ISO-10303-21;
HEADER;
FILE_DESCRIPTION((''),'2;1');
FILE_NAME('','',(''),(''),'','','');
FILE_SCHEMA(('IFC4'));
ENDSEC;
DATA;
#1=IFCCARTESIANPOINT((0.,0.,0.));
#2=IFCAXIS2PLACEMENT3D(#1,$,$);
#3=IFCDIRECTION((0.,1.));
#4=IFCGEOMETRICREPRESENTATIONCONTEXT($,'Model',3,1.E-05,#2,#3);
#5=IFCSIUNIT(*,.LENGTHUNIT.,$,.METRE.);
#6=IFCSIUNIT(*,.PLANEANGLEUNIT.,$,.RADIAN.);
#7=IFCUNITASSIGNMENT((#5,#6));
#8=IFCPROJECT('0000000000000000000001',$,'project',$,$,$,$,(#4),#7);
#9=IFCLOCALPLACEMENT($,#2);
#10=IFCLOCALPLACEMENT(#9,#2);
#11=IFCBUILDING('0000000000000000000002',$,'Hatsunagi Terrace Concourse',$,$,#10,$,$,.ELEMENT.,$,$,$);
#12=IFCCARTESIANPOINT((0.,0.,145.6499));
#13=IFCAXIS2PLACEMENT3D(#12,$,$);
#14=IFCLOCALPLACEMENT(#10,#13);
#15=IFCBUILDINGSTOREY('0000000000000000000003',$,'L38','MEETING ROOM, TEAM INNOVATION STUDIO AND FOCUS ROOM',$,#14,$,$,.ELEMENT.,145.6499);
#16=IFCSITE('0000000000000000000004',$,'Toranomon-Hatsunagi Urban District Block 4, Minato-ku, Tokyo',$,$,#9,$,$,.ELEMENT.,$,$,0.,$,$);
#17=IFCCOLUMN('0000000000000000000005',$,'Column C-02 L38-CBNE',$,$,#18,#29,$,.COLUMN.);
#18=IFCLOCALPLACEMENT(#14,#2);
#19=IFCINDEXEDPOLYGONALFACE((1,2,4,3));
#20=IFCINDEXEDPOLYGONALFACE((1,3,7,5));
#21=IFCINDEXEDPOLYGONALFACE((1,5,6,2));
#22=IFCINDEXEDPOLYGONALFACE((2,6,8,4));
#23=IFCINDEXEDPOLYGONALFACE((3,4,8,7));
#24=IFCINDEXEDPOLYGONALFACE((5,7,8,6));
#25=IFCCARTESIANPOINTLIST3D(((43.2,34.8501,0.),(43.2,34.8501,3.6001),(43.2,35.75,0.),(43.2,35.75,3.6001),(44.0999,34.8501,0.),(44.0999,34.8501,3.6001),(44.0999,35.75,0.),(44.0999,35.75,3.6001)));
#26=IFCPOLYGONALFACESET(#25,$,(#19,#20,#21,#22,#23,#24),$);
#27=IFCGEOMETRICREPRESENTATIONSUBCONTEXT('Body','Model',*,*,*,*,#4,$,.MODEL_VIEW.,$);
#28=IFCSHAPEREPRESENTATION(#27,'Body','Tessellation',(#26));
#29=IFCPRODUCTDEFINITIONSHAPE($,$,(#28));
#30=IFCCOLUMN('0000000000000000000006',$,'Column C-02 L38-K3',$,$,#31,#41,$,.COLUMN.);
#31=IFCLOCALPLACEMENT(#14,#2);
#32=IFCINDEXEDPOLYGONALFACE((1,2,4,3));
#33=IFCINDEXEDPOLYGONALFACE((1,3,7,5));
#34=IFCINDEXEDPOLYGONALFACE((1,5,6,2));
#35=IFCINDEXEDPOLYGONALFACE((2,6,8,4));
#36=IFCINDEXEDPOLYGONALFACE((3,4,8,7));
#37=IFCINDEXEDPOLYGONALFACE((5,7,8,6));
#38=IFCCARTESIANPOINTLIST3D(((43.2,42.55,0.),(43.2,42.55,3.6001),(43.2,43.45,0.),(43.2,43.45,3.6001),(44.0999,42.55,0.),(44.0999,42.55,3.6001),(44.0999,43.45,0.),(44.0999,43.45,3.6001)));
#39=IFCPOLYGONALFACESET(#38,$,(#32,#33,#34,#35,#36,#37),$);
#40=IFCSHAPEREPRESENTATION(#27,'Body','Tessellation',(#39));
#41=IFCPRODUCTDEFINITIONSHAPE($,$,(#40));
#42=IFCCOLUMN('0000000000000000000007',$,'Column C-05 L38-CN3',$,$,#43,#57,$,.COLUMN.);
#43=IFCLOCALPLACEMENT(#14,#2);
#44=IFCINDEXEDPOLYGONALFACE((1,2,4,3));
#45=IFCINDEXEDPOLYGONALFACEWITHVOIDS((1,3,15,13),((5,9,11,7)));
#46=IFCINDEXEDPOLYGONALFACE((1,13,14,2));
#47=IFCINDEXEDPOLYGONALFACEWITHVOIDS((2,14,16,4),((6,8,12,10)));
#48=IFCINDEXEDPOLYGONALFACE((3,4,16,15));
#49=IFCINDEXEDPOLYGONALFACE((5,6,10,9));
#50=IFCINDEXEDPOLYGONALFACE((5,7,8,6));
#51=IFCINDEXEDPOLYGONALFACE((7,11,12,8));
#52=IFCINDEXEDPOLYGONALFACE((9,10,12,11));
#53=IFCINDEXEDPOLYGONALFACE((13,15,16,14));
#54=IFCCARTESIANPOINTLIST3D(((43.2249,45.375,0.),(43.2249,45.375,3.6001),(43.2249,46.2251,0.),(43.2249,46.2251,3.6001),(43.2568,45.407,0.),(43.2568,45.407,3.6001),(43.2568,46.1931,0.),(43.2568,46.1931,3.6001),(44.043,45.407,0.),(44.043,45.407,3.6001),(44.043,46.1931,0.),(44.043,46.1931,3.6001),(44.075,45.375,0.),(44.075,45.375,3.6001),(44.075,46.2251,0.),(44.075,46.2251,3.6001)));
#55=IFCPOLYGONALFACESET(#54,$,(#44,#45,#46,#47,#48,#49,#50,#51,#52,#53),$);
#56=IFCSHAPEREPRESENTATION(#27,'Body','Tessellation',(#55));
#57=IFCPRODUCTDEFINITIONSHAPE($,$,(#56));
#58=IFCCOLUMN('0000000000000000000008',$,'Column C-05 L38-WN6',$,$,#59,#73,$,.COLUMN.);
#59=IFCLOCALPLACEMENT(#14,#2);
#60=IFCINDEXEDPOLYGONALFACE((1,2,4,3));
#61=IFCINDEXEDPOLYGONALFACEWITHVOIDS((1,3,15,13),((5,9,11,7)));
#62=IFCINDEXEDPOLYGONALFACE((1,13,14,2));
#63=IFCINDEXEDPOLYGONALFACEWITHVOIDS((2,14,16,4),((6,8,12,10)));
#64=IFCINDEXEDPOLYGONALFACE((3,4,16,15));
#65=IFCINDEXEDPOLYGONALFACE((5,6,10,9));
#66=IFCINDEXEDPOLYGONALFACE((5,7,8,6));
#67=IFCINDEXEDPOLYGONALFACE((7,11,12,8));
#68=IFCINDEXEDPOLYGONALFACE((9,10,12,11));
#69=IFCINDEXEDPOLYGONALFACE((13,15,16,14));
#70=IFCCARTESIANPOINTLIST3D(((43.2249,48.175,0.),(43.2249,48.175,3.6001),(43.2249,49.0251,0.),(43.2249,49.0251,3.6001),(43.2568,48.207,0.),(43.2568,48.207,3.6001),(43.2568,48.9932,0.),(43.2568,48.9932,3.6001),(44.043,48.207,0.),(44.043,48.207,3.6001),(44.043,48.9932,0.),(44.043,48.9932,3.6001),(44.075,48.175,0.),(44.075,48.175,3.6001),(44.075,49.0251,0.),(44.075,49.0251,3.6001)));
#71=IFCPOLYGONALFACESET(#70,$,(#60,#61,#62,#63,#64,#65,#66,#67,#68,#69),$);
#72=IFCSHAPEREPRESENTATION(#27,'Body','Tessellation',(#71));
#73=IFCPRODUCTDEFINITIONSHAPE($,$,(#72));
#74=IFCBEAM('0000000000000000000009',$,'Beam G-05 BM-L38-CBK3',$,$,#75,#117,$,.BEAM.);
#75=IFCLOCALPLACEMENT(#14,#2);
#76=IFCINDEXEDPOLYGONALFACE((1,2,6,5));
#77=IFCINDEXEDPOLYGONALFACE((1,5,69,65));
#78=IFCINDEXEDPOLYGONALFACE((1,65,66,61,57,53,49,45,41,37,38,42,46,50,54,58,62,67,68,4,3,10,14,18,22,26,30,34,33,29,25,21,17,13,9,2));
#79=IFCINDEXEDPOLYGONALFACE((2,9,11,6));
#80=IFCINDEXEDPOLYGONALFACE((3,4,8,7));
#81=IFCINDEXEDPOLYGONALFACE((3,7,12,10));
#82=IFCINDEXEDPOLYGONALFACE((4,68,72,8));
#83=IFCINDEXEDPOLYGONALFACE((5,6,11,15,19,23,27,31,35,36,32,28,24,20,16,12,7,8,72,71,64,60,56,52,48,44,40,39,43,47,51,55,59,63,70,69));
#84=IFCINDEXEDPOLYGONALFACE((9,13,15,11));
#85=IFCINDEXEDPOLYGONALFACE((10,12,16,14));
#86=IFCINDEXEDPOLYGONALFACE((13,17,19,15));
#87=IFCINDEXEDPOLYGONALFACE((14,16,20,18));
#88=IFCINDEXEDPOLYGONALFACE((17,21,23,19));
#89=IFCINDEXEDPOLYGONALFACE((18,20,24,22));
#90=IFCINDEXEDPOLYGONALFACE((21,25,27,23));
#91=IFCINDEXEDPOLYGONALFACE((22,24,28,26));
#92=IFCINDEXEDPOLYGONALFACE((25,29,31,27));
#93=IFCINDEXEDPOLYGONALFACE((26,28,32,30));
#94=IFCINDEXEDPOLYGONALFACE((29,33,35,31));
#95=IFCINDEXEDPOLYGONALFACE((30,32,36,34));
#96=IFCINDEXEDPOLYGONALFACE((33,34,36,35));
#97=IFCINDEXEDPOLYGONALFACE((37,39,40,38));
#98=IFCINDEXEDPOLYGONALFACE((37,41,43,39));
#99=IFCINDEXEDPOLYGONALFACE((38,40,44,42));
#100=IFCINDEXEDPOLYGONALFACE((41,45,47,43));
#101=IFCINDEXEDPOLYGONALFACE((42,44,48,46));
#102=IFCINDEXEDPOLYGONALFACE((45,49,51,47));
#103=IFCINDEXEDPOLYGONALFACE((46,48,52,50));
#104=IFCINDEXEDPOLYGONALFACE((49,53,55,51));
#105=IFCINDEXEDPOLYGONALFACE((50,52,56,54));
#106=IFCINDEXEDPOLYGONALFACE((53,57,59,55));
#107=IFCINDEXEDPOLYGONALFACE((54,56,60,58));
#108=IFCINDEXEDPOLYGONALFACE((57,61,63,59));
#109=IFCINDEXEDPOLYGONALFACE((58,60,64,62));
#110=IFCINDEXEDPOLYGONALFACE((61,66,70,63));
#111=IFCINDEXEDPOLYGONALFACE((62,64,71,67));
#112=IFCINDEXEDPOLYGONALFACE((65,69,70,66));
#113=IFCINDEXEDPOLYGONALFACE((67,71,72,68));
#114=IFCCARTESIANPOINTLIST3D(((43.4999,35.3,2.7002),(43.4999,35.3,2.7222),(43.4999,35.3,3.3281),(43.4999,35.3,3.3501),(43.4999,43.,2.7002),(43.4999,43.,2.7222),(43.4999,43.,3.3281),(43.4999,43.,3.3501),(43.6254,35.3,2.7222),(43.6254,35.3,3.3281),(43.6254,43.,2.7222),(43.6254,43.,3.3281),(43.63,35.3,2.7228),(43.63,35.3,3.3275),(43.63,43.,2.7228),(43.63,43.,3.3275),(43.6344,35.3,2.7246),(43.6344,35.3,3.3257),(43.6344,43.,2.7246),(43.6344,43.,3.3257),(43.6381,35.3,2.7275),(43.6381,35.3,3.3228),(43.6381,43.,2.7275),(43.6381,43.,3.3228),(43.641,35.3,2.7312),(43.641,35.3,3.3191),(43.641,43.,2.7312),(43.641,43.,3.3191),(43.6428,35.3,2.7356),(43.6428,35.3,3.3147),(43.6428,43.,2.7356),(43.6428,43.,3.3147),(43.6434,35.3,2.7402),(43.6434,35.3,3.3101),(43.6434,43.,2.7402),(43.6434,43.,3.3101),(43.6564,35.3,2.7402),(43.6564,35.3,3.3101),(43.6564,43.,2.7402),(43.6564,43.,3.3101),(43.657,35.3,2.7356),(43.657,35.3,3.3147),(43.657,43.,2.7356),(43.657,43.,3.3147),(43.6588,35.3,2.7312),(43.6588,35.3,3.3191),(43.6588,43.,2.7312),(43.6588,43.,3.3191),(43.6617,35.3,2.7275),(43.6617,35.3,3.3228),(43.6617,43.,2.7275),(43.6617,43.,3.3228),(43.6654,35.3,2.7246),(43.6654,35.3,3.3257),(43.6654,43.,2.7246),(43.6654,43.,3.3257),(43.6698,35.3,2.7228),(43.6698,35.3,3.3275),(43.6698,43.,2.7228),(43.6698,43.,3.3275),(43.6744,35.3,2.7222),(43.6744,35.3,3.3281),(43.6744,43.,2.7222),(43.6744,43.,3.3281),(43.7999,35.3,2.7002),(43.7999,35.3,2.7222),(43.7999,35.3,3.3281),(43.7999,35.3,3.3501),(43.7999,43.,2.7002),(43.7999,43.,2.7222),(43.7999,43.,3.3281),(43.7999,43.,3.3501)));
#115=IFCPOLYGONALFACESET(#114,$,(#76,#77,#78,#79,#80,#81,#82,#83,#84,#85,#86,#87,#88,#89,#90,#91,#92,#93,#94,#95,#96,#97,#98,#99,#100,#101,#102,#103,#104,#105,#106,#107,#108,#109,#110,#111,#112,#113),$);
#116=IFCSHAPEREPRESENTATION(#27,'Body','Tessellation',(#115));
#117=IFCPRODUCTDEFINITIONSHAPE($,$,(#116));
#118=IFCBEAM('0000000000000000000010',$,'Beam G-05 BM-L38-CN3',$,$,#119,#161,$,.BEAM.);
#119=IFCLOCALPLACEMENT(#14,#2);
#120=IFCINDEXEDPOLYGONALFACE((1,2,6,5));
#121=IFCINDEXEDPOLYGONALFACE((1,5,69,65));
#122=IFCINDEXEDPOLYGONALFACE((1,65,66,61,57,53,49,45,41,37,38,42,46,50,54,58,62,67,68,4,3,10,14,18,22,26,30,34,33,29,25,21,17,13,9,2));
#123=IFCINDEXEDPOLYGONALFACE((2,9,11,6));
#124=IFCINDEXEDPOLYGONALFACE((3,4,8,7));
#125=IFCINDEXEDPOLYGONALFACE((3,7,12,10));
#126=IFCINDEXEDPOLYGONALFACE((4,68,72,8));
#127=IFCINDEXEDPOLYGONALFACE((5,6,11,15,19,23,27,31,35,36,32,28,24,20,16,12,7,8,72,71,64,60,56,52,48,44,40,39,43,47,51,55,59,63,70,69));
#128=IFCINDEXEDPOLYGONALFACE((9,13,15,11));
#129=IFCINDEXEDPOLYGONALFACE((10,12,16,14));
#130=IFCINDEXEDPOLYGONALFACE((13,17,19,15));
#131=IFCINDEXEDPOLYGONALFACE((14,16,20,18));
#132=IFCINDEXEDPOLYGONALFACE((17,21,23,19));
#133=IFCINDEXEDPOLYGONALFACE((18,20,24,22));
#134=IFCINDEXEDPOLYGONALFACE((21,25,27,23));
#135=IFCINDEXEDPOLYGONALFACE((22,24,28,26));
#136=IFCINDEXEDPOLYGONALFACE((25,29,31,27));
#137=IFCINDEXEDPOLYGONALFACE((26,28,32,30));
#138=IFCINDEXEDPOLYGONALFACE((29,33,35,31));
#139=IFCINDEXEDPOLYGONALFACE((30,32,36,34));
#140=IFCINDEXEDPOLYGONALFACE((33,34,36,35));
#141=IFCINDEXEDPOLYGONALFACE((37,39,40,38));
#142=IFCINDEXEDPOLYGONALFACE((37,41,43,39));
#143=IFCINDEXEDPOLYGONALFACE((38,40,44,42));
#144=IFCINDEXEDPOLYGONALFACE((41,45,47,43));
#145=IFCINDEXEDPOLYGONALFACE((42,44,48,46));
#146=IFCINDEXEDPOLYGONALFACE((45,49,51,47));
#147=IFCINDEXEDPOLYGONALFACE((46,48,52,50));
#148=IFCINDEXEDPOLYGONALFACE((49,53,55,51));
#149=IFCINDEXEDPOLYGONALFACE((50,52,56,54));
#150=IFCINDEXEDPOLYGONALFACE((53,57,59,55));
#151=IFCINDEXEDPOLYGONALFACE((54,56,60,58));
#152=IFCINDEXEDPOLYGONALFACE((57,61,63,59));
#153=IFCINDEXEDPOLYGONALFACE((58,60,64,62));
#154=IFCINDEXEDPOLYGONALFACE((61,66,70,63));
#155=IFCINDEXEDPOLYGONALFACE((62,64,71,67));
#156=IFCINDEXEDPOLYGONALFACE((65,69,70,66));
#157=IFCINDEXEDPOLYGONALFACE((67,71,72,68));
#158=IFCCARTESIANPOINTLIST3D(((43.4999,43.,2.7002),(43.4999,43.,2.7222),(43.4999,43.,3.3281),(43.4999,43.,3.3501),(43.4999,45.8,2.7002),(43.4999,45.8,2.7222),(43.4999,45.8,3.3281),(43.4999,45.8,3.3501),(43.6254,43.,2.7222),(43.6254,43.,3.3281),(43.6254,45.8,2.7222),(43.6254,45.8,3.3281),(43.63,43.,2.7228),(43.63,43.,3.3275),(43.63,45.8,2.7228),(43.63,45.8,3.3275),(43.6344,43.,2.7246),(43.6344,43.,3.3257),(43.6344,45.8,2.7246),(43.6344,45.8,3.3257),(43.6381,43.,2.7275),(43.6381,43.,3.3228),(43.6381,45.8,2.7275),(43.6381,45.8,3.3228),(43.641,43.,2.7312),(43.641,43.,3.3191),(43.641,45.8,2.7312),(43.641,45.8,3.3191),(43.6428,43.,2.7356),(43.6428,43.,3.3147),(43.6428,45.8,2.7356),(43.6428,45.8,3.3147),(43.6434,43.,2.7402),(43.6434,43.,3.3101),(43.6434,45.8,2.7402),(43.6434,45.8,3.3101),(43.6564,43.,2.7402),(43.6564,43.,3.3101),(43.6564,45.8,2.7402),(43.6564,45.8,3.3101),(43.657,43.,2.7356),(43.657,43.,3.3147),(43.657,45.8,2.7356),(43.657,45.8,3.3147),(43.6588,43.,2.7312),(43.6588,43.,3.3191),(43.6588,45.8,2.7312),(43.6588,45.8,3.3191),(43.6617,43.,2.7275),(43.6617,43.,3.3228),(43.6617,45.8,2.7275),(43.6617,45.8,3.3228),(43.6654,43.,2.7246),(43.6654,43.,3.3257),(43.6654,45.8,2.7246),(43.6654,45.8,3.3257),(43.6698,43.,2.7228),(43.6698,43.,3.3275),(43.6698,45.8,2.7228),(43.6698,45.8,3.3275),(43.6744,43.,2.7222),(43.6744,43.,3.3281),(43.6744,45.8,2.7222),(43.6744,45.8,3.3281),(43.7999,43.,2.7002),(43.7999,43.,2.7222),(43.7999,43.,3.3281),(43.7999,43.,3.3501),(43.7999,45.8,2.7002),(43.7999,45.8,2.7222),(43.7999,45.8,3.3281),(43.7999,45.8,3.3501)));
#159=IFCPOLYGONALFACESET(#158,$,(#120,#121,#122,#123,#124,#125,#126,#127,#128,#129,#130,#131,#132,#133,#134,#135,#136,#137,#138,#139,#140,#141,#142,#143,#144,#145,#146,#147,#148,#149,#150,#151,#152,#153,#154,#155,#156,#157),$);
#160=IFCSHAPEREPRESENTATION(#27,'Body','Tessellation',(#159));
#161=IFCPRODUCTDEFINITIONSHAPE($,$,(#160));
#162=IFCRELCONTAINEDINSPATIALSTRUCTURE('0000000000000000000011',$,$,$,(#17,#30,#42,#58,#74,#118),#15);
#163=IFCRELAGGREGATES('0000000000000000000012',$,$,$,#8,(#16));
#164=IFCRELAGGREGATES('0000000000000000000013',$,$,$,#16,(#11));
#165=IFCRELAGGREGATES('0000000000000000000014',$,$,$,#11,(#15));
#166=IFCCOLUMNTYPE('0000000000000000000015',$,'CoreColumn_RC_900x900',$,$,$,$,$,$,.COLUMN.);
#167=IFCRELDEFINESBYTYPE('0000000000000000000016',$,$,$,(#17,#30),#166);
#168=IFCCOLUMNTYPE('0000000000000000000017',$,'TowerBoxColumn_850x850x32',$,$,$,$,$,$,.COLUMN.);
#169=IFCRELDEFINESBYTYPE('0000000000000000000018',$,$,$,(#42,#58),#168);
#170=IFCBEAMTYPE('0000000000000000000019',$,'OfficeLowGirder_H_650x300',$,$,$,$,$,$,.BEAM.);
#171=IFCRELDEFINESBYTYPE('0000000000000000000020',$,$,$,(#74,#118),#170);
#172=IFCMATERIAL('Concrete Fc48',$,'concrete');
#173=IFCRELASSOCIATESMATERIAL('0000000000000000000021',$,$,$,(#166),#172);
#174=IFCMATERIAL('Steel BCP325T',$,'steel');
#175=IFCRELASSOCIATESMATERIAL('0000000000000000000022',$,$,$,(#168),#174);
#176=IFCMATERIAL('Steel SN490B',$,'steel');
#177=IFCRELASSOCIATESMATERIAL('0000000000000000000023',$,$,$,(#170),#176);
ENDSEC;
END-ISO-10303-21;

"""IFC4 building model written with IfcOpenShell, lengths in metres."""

from ifc_helpers import new_model, si_unit, direction, frame, origin, origin_2d, place, context, subcontext, project, spatial, rectangle, hollow_rectangle, i_section, extrude, material, material_profile, profile_set, type_object, element, save


model = new_model("IFC4")

# Units and contexts
model_context = context("Model", 3, precision=1e-05, world=origin(), true_north=direction((0.0, 1.0)))
body_context = subcontext(model_context, "Body", "Model", "MODEL_VIEW")
ifc_project = project(units=[si_unit("LENGTHUNIT", "METRE"), si_unit("PLANEANGLEUNIT", "RADIAN")], contexts=[model_context])

# Site, building, storey
site_placement = place(None, origin())
site = spatial("IfcSite", under=ifc_project, at=site_placement, Name="Toranomon-Hatsunagi Urban District Block 4, Minato-ku, Tokyo", CompositionType="ELEMENT", RefElevation=0.0)
building_placement = place(site_placement, origin())
building = spatial("IfcBuilding", under=site, at=building_placement, Name="Hatsunagi Terrace Concourse", CompositionType="ELEMENT")
storey_placement = place(building_placement, frame((0.0, 0.0, 145.6499)))
storey = spatial("IfcBuildingStorey", under=building, at=storey_placement, Name="L38", Description="MEETING ROOM, TEAM INNOVATION STUDIO AND FOCUS ROOM", CompositionType="ELEMENT", Elevation=145.6499)

# Columns
ifc_material_1 = material(Name="Concrete Fc48", Category="concrete")
ifc_material_profile_1 = material_profile(ifc_material_1, rectangle(XDim=0.8999, YDim=0.8999, at=origin_2d()), Name="RC-900x900")
ifc_profile_set_1 = profile_set([ifc_material_profile_1], Name="Concrete Fc48")
column_type_1 = type_object("IfcColumnType", Name="CoreColumn_RC_900x900", PredefinedType="COLUMN", material=ifc_profile_set_1)
for number, where, z_axis, x_axis, name in (
    (1, (43.6499, 35.3, 0.0), (0.0, 0.0, 1.0), (1.0, 0.0, 0.0), "Column C-02 L38-CBNE"),
    (2, (43.6499, 43.0, 0.0), (0.0, 0.0, 1.0), (1.0, 0.0, 0.0), "Column C-02 L38-K3"),
):
    element("IfcColumn", number, at=place(storey_placement, frame(where, z_axis=z_axis, x_axis=x_axis)), inside=storey, type_object=column_type_1, Name=name, PredefinedType="COLUMN", context=body_context, shape_type="SweptSolid", body=[
        extrude(rectangle(XDim=0.8999, YDim=0.8999, at=origin_2d()), origin(), (0.0, 0.0, 1.0), 3.6001),
    ])
ifc_material_2 = material(Name="Steel BCP325T", Category="steel")
ifc_material_profile_2 = material_profile(ifc_material_2, hollow_rectangle(XDim=0.8501, YDim=0.8501, WallThickness=0.032, at=origin_2d()), Name="BCP-850x850x32")
ifc_profile_set_2 = profile_set([ifc_material_profile_2], Name="Steel BCP325T")
column_type_2 = type_object("IfcColumnType", Name="TowerBoxColumn_850x850x32", PredefinedType="COLUMN", material=ifc_profile_set_2)
for number, where, z_axis, x_axis, name in (
    (3, (43.6499, 45.8, 0.0), (0.0, 0.0, 1.0), (1.0, 0.0, 0.0), "Column C-05 L38-CN3"),
    (4, (43.6499, 48.6001, 0.0), (0.0, 0.0, 1.0), (1.0, 0.0, 0.0), "Column C-05 L38-WN6"),
):
    element("IfcColumn", number, at=place(storey_placement, frame(where, z_axis=z_axis, x_axis=x_axis)), inside=storey, type_object=column_type_2, Name=name, PredefinedType="COLUMN", context=body_context, shape_type="SweptSolid", body=[
        extrude(hollow_rectangle(XDim=0.8501, YDim=0.8501, WallThickness=0.032, at=origin_2d()), origin(), (0.0, 0.0, 1.0), 3.6001),
    ])

# Beams
ifc_material_3 = material(Name="Steel SN490B", Category="steel")
ifc_material_profile_3 = material_profile(ifc_material_3, i_section(OverallWidth=0.3, OverallDepth=0.6499, WebThickness=0.0129, FlangeThickness=0.022, FilletRadius=0.0181, at=origin_2d()), Name="H-650x300x13x22")
ifc_profile_set_3 = profile_set([ifc_material_profile_3], Name="Steel SN490B")
beam_type_1 = type_object("IfcBeamType", Name="OfficeLowGirder_H_650x300", PredefinedType="BEAM", material=ifc_profile_set_3)
beam_1_placement = place(storey_placement, frame((43.6499, 35.3, 3.0251), z_axis=(0.0, 1.0, 0.0), x_axis=(-1.0, 0.0, 0.0)))
element("IfcBeam", 5, at=beam_1_placement, inside=storey, type_object=beam_type_1, Name="Beam G-05 BM-L38-CBK3", PredefinedType="BEAM", context=body_context, shape_type="SweptSolid", body=[
    extrude(i_section(OverallWidth=0.3, OverallDepth=0.6499, WebThickness=0.0129, FlangeThickness=0.022, FilletRadius=0.0181, at=origin_2d()), origin(), (0.0, 0.0, 1.0), 7.7),
])
for number, where, z_axis, x_axis, name in (
    (6, (43.6499, 43.0, 3.0251), (0.0, 1.0, 0.0), (-1.0, 0.0, 0.0), "Beam G-05 BM-L38-CN3"),
):
    element("IfcBeam", number, at=place(storey_placement, frame(where, z_axis=z_axis, x_axis=x_axis)), inside=storey, type_object=beam_type_1, Name=name, PredefinedType="BEAM", context=body_context, shape_type="SweptSolid", body=[
        extrude(i_section(OverallWidth=0.3, OverallDepth=0.6499, WebThickness=0.0129, FlangeThickness=0.022, FilletRadius=0.0181, at=origin_2d()), origin(), (0.0, 0.0, 1.0), 2.8),
    ])

save(model, "model.ifc")
